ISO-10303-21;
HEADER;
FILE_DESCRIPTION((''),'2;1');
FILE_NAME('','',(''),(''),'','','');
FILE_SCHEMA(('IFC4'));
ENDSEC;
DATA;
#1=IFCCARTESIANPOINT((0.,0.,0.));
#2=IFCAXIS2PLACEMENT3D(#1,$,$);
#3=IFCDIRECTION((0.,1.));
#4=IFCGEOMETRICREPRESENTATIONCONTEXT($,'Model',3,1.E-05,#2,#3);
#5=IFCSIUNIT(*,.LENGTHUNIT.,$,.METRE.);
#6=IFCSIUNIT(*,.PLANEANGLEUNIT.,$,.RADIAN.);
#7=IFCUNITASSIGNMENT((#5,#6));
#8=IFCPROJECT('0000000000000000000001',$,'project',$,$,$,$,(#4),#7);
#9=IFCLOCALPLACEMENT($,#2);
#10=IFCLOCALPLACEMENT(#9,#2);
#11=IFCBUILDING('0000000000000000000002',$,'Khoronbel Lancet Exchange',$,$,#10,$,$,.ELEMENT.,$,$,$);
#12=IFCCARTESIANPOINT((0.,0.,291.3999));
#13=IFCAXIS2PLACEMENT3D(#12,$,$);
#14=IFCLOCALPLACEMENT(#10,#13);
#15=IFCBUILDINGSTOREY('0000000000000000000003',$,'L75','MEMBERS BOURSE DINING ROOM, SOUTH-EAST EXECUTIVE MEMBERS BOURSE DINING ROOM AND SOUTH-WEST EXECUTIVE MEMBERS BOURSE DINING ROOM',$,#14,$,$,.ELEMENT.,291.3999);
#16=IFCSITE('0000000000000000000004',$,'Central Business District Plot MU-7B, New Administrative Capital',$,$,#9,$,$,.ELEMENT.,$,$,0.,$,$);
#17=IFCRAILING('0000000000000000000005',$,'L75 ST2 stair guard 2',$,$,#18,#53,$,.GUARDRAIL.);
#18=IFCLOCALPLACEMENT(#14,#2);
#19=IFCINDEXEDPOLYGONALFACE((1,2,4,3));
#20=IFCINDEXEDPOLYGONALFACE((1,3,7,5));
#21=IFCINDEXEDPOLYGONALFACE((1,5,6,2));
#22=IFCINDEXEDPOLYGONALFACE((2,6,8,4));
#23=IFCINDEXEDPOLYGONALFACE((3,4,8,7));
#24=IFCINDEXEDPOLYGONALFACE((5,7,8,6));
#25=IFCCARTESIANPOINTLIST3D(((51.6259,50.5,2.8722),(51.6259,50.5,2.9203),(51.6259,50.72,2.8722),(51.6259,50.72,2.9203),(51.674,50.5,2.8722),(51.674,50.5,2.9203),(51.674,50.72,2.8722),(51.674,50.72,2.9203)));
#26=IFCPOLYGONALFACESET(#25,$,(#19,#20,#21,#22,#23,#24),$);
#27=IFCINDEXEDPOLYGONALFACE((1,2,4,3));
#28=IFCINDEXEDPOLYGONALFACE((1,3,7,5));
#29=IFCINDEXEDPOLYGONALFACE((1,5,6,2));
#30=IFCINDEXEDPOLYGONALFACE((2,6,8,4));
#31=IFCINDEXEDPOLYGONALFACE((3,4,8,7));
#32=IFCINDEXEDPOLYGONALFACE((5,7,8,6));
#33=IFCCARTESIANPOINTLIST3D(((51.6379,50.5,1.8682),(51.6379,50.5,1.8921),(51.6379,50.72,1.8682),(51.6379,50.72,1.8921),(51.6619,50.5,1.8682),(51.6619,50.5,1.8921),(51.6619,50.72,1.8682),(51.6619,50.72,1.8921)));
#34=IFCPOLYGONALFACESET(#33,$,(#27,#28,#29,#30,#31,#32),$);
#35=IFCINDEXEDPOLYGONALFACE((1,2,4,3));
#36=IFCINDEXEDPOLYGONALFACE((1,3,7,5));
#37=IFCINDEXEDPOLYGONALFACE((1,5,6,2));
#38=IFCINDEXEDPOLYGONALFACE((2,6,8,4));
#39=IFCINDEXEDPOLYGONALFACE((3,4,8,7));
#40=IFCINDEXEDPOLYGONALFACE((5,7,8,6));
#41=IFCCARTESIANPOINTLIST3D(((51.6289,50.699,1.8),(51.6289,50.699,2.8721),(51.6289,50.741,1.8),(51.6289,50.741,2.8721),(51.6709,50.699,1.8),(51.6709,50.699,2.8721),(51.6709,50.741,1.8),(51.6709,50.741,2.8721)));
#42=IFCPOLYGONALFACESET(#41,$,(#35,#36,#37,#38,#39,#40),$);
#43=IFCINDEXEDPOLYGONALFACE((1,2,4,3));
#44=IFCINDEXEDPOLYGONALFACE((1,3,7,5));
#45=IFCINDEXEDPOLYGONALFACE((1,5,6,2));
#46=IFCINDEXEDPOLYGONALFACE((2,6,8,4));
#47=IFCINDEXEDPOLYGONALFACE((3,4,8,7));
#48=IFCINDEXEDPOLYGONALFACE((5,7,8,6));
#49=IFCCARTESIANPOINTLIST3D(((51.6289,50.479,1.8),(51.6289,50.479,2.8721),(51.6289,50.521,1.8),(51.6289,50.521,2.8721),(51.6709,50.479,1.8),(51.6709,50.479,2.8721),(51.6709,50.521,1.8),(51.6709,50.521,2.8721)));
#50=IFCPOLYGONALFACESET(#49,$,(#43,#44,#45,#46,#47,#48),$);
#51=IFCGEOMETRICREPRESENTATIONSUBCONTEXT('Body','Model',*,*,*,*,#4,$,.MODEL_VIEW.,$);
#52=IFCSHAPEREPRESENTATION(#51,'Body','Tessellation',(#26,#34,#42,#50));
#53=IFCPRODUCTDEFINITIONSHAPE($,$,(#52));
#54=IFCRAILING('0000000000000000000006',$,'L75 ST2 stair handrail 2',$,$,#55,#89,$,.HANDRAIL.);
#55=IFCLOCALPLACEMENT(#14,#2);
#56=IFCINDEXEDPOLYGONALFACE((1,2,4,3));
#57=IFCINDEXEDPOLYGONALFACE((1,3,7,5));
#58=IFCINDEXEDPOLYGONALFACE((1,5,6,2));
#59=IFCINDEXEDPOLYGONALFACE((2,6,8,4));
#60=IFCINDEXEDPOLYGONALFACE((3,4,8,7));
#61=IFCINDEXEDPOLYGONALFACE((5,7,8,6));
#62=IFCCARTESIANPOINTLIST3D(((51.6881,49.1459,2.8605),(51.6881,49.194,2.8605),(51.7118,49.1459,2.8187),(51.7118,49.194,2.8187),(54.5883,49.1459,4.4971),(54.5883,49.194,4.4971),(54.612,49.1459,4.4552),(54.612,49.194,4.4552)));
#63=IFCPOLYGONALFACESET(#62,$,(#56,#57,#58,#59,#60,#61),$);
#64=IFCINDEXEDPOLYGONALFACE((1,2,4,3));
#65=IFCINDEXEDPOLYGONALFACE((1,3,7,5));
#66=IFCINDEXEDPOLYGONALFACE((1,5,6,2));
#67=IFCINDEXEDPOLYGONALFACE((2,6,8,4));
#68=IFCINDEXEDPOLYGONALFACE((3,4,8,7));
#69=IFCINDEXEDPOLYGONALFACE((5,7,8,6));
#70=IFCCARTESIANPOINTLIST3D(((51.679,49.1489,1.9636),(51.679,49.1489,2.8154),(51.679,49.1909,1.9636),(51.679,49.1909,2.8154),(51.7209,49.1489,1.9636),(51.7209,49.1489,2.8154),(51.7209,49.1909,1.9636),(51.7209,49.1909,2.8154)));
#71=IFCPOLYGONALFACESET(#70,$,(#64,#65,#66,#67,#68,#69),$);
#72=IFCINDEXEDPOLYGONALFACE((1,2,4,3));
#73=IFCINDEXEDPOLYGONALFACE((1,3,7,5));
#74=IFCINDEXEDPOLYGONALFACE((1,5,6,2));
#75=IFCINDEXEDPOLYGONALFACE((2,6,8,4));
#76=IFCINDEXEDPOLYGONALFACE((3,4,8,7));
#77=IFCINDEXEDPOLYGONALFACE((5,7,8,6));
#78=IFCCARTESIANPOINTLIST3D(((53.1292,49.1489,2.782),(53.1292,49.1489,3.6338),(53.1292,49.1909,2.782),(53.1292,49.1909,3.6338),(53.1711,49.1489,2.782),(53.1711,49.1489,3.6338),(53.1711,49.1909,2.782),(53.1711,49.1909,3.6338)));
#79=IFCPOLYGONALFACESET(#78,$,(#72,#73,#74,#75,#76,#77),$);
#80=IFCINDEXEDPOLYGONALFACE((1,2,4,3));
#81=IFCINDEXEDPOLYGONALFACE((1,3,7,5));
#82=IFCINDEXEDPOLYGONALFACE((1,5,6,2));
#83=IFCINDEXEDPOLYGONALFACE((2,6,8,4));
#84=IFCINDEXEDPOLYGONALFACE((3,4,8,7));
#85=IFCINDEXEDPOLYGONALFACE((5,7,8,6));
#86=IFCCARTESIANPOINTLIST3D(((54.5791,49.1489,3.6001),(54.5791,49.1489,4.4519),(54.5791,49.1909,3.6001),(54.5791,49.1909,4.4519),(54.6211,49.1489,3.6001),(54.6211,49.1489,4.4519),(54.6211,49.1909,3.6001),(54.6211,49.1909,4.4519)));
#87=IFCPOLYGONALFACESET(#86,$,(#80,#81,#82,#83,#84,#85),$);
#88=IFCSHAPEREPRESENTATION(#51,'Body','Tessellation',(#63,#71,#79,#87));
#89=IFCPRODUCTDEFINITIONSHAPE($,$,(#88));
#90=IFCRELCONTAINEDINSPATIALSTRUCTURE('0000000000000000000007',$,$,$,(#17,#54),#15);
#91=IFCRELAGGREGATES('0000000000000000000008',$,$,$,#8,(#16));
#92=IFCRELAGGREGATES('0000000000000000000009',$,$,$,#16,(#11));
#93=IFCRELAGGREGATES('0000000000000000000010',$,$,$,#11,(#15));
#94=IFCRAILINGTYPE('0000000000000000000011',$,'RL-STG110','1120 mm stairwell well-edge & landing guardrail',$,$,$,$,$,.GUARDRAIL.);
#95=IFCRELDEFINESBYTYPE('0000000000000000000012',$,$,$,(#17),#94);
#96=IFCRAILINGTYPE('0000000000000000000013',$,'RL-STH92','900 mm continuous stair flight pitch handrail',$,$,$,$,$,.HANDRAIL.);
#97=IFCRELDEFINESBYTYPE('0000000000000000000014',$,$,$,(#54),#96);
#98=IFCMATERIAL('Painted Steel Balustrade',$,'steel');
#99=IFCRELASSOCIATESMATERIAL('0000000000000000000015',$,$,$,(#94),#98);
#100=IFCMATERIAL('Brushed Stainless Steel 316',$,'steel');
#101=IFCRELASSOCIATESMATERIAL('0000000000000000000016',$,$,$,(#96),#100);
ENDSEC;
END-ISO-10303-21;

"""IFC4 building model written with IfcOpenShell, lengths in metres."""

from ifc_helpers import new_model, si_unit, direction, frame, origin, origin_2d, place, context, subcontext, project, spatial, rectangle, extrude, material, type_object, element, save


model = new_model("IFC4")

# Units and contexts
model_context = context("Model", 3, precision=1e-05, world=origin(), true_north=direction((0.0, 1.0)))
body_context = subcontext(model_context, "Body", "Model", "MODEL_VIEW")
ifc_project = project(units=[si_unit("LENGTHUNIT", "METRE"), si_unit("PLANEANGLEUNIT", "RADIAN")], contexts=[model_context])

# Site, building, storey
site_placement = place(None, origin())
site = spatial("IfcSite", under=ifc_project, at=site_placement, Name="Central Business District Plot MU-7B, New Administrative Capital", CompositionType="ELEMENT", RefElevation=0.0)
building_placement = place(site_placement, origin())
building = spatial("IfcBuilding", under=site, at=building_placement, Name="Khoronbel Lancet Exchange", CompositionType="ELEMENT")
storey_placement = place(building_placement, frame((0.0, 0.0, 291.3999)))
storey = spatial("IfcBuildingStorey", under=building, at=storey_placement, Name="L75", Description="MEMBERS BOURSE DINING ROOM, SOUTH-EAST EXECUTIVE MEMBERS BOURSE DINING ROOM AND SOUTH-WEST EXECUTIVE MEMBERS BOURSE DINING ROOM", CompositionType="ELEMENT", Elevation=291.3999)

# Railings
ifc_material_1 = material(Name="Painted Steel Balustrade", Category="steel")
railing_type_1 = type_object("IfcRailingType", Name="RL-STG110", Description="1120 mm stairwell well-edge & landing guardrail", PredefinedType="GUARDRAIL", material=ifc_material_1)
railing_1_placement = place(storey_placement, frame((51.6499, 50.72, 1.8)))
element("IfcRailing", 1, at=railing_1_placement, inside=storey, type_object=railing_type_1, Name="L75 ST2 stair guard 2", PredefinedType="GUARDRAIL", context=body_context, shape_type="SweptSolid", body=[
    extrude(rectangle(XDim=0.0481, YDim=0.0481, at=origin_2d()), frame((0.0, 0.0, 1.0962), z_axis=(0.0, -1.0, 0.0), x_axis=(1.0, 0.0, 0.0)), (0.0, 0.0, 1.0), 0.22),
    extrude(rectangle(XDim=0.0239, YDim=0.0239, at=origin_2d()), frame((0.0, 0.0, 0.0801), z_axis=(0.0, -1.0, 0.0), x_axis=(1.0, 0.0, 0.0)), (0.0, 0.0, 1.0), 0.22),
    extrude(rectangle(XDim=0.042, YDim=0.042, at=origin_2d()), origin(), (0.0, 0.0, 1.0), 1.072),
    extrude(rectangle(XDim=0.042, YDim=0.042, at=origin_2d()), frame((0.0, -0.22, 0.0)), (0.0, 0.0, 1.0), 1.072),
])
ifc_material_2 = material(Name="Brushed Stainless Steel 316", Category="steel")
railing_type_2 = type_object("IfcRailingType", Name="RL-STH92", Description="900 mm continuous stair flight pitch handrail", PredefinedType="HANDRAIL", material=ifc_material_2)
railing_2_placement = place(storey_placement, frame((51.7, 49.1699, 1.9636)))
element("IfcRailing", 2, at=railing_2_placement, inside=storey, type_object=railing_type_2, Name="L75 ST2 stair handrail 2", PredefinedType="HANDRAIL", context=body_context, shape_type="SweptSolid", body=[
    extrude(rectangle(XDim=0.0481, YDim=0.0481, at=origin_2d()), frame((0.0, 0.0, 0.876), z_axis=(0.870915, 0.0, 0.491434), x_axis=(0.0, 1.0, 0.0)), (0.0, 0.0, 1.0), 3.3301),
    extrude(rectangle(XDim=0.042, YDim=0.042, at=origin_2d()), origin(), (0.0, 0.0, 1.0), 0.8518),
    extrude(rectangle(XDim=0.042, YDim=0.042, at=origin_2d()), frame((1.4502, 0.0, 0.8184)), (0.0, 0.0, 1.0), 0.8518),
    extrude(rectangle(XDim=0.042, YDim=0.042, at=origin_2d()), frame((2.9001, 0.0, 1.6365)), (0.0, 0.0, 1.0), 0.8518),
])

save(model, "model.ifc")
